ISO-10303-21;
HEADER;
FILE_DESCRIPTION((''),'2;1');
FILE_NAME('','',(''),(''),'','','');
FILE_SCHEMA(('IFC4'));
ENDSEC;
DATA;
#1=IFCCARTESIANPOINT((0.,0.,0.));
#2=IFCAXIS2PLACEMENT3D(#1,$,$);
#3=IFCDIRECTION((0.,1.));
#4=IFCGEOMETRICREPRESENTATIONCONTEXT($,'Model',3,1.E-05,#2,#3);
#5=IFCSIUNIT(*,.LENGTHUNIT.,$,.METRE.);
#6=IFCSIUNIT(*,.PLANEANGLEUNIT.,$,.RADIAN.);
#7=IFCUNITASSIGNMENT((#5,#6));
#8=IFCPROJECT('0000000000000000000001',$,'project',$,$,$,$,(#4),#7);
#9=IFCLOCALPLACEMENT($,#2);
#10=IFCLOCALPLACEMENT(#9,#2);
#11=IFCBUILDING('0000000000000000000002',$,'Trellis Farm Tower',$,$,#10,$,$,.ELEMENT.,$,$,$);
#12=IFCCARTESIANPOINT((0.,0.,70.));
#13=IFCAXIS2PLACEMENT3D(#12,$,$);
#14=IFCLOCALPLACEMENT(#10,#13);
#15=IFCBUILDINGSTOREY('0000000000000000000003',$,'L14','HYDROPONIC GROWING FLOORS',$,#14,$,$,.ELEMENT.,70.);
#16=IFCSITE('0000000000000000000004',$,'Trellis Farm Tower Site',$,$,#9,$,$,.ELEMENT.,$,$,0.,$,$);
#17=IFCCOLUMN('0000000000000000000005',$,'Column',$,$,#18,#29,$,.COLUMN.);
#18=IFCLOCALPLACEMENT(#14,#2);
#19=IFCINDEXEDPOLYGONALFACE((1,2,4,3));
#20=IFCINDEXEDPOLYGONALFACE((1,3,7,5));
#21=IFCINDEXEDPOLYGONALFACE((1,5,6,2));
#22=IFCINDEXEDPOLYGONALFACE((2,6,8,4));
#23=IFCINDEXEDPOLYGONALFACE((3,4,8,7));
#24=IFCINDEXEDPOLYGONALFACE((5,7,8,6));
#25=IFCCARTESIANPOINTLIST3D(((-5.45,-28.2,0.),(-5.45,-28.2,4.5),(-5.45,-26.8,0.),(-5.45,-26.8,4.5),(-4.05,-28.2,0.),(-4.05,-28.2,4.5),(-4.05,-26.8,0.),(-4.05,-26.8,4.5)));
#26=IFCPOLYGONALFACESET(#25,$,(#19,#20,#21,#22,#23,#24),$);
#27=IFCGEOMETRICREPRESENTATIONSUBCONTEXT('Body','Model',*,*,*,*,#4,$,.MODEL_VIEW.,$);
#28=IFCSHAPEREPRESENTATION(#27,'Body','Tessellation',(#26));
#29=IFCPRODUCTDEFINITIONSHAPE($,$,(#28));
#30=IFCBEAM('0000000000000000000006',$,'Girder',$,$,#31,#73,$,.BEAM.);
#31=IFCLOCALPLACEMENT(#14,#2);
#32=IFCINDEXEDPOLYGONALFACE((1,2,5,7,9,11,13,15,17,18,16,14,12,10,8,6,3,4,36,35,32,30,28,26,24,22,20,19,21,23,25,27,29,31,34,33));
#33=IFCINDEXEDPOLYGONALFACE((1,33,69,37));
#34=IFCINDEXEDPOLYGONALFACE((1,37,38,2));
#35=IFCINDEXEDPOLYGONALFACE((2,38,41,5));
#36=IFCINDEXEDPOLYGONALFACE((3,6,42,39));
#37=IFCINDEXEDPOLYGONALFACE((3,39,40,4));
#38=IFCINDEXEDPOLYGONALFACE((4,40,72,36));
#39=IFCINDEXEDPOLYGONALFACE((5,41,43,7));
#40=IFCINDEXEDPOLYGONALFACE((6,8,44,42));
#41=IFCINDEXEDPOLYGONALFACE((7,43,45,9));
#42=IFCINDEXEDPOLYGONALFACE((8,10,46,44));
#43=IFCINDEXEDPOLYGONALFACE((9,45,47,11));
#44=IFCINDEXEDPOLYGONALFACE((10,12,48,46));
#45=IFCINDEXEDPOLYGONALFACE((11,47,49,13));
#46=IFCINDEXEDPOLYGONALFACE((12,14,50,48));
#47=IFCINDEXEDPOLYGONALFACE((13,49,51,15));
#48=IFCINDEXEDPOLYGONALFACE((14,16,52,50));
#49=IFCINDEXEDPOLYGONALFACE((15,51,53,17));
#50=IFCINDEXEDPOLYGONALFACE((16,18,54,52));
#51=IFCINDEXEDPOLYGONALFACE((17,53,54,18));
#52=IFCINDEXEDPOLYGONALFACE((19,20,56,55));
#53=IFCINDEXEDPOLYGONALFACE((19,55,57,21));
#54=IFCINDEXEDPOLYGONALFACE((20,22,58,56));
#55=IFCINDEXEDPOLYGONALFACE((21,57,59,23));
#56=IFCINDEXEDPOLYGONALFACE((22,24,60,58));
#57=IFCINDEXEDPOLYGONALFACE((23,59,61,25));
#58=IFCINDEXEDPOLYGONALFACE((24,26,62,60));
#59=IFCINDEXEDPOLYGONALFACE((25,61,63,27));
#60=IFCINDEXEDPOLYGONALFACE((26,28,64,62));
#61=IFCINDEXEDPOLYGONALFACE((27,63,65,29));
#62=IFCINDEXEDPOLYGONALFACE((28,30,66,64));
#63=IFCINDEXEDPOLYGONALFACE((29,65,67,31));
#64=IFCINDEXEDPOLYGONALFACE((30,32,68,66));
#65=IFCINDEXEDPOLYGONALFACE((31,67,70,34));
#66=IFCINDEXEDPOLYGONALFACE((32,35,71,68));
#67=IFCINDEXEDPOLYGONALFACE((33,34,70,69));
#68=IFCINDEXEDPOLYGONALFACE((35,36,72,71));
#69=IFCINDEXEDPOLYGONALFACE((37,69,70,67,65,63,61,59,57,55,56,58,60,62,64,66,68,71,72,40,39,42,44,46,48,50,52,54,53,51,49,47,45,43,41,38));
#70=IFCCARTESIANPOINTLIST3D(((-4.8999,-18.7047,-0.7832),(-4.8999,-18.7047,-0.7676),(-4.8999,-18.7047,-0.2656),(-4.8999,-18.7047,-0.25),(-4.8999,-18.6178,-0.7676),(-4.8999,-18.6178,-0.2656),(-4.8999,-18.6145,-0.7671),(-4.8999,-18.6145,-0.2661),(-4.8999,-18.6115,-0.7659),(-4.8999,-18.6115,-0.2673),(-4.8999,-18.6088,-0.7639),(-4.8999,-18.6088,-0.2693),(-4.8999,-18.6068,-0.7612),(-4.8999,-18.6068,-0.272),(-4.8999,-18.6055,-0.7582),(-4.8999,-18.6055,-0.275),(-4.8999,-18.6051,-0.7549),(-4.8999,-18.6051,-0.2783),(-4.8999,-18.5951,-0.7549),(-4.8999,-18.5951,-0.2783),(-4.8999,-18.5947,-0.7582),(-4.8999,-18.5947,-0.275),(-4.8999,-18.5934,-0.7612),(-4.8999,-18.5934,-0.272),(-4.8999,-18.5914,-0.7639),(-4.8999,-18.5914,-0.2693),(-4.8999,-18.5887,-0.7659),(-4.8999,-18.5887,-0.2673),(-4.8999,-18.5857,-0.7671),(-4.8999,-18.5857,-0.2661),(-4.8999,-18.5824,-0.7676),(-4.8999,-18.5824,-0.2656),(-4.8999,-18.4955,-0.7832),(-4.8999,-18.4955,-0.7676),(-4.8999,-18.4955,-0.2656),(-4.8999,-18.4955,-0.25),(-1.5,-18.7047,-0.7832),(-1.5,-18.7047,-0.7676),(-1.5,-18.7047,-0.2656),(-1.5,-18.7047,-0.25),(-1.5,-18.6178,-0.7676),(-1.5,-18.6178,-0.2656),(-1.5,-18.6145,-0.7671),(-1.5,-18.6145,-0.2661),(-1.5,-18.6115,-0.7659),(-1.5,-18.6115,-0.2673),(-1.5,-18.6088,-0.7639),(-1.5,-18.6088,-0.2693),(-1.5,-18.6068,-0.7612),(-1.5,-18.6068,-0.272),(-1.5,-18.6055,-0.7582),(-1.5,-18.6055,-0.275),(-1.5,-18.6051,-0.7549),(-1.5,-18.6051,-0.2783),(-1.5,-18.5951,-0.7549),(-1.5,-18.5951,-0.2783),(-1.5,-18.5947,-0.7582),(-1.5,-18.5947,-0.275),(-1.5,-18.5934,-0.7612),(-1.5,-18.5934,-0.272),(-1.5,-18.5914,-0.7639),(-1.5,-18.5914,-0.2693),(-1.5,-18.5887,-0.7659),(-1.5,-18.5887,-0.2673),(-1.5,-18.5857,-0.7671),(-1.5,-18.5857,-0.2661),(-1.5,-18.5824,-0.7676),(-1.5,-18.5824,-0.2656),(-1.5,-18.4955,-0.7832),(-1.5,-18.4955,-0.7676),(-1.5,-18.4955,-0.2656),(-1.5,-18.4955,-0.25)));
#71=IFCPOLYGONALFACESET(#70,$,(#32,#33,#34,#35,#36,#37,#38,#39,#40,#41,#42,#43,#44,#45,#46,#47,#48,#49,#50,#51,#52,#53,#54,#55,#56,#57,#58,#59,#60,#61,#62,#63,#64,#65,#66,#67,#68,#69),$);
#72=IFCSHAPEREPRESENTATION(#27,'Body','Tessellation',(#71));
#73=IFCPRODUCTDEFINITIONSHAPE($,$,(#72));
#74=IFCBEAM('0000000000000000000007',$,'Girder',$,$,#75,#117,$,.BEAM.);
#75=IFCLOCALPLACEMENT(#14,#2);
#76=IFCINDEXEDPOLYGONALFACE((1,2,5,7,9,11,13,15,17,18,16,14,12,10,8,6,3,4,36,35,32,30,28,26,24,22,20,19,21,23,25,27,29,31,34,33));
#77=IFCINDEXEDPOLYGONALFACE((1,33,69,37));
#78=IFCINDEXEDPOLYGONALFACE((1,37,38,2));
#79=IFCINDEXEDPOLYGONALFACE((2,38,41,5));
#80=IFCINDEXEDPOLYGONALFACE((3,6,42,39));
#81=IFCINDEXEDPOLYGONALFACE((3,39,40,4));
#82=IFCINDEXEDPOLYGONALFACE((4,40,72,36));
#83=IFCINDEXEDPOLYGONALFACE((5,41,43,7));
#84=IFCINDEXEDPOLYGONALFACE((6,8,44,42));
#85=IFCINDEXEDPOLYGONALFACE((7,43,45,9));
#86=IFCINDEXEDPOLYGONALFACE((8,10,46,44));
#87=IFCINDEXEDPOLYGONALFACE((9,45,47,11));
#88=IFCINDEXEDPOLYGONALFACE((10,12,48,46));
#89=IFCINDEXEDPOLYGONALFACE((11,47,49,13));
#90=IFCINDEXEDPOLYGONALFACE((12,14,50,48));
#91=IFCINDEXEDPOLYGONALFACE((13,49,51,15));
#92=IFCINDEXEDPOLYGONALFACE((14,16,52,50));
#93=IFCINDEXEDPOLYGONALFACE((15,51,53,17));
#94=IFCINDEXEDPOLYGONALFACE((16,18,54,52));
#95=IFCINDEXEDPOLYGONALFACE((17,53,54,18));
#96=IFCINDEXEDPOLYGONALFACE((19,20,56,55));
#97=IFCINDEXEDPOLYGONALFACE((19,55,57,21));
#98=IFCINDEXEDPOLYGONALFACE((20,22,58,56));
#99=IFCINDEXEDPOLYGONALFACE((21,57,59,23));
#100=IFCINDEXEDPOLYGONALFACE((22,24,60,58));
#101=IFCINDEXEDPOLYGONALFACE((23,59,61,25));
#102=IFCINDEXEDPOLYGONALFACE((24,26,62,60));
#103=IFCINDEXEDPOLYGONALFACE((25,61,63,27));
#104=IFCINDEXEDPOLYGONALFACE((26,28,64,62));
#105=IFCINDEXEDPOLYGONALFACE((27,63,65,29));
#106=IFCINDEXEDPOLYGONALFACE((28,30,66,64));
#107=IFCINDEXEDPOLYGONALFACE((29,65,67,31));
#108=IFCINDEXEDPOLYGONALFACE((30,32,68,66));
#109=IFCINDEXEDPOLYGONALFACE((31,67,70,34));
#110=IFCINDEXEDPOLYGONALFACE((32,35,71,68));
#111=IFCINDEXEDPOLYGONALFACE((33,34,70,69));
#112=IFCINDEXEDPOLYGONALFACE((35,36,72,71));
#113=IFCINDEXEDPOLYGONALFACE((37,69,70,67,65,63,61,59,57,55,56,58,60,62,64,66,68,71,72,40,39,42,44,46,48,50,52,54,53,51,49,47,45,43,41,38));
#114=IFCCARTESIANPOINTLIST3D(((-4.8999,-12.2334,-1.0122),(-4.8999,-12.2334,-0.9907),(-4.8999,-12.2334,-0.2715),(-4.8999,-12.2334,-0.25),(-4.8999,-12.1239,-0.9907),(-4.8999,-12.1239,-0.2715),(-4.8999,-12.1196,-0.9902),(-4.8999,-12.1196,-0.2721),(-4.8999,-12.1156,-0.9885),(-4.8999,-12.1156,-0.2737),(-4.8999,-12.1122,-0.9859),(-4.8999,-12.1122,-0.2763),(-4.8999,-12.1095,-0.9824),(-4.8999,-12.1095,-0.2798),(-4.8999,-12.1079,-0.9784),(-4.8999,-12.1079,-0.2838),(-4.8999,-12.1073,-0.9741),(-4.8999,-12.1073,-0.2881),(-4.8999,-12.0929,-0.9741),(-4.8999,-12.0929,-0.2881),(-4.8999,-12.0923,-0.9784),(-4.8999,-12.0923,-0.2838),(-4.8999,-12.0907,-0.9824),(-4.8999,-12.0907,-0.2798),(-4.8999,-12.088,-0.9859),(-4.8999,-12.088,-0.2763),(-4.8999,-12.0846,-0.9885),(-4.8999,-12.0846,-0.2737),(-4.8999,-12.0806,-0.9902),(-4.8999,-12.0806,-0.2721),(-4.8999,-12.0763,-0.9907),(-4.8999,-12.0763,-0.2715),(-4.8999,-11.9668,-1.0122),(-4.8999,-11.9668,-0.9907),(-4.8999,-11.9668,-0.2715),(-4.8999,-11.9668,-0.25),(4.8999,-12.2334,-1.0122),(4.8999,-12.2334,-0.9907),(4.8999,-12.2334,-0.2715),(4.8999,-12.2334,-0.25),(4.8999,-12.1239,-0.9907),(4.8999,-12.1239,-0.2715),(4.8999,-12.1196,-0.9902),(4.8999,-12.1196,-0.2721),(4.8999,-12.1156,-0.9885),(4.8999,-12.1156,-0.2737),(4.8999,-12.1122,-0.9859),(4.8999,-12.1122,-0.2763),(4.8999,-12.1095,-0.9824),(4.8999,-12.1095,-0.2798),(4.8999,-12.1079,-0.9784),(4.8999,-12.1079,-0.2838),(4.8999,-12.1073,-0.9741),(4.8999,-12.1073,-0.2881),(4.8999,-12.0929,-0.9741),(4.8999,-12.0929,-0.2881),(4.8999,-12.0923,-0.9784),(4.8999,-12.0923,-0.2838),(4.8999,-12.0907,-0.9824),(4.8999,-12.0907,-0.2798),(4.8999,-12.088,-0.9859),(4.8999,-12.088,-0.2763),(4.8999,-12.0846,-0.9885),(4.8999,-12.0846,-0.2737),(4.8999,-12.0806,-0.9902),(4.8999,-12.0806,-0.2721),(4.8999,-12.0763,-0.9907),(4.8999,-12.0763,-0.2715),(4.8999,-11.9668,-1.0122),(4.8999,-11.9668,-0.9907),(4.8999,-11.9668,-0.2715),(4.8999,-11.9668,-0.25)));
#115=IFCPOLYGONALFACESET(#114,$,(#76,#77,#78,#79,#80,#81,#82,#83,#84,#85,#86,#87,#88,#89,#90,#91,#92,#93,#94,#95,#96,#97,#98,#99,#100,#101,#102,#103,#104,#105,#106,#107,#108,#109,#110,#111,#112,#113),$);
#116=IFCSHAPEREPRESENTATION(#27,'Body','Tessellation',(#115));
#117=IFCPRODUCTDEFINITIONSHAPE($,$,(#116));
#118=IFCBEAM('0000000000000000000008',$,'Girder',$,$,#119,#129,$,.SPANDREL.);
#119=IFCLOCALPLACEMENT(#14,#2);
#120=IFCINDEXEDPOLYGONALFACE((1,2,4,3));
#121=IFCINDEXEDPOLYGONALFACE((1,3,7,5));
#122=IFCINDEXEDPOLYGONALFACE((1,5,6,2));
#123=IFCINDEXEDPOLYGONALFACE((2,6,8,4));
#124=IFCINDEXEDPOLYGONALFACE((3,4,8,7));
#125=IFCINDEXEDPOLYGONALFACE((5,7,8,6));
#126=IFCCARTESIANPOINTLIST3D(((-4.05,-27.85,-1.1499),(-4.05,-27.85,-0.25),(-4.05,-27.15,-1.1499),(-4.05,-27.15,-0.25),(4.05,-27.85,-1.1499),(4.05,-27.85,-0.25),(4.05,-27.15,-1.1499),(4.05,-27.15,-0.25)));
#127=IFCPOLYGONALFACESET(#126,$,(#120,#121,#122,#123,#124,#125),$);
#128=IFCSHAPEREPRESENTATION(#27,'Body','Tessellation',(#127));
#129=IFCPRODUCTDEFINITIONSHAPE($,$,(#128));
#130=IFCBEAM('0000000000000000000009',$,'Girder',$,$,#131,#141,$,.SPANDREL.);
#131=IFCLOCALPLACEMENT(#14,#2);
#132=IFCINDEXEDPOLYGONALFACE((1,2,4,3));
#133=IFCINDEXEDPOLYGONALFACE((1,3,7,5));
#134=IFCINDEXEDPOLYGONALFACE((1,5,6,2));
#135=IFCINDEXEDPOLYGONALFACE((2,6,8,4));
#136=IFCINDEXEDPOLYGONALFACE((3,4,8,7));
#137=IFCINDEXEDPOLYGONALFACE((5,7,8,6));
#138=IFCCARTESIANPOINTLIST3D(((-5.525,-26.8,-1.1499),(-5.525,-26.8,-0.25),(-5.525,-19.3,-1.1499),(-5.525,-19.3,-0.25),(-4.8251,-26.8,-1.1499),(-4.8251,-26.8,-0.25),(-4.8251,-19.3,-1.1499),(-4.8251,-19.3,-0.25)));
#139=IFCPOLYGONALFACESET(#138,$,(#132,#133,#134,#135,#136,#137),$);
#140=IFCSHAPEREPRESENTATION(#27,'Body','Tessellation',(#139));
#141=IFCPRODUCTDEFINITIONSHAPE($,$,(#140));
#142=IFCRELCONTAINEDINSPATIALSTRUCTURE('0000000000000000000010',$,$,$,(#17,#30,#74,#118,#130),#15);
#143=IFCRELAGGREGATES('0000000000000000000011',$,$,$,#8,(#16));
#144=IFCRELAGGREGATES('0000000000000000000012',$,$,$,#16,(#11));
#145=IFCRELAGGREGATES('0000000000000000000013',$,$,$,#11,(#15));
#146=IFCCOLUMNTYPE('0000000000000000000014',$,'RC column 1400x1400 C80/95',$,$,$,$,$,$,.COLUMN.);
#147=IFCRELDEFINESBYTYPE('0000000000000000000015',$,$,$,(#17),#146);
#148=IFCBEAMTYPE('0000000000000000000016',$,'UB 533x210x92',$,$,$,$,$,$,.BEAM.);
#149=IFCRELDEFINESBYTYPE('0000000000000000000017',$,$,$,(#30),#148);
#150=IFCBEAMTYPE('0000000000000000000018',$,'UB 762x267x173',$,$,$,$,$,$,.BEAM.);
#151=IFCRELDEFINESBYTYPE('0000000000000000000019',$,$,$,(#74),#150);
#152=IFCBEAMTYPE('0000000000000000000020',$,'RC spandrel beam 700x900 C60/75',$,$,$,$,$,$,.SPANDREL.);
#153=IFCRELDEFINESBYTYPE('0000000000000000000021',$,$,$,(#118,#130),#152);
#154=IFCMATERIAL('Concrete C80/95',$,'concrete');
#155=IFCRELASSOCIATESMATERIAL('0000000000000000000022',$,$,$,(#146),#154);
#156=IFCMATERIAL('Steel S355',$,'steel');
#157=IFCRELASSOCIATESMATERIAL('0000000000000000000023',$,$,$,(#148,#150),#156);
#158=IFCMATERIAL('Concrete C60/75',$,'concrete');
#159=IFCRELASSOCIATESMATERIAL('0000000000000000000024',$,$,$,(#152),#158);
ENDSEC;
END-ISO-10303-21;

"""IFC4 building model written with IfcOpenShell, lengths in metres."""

from ifc_helpers import new_model, si_unit, direction, frame, origin, origin_2d, place, context, subcontext, project, spatial, rectangle, i_section, extrude, source, transform, mapped, material, material_profile, profile_set, type_object, element, save


model = new_model("IFC4")

# Units and contexts
model_context = context("Model", 3, precision=1e-05, world=origin(), true_north=direction((0.0, 1.0)))
body_context = subcontext(model_context, "Body", "Model", "MODEL_VIEW")
ifc_project = project(units=[si_unit("LENGTHUNIT", "METRE"), si_unit("PLANEANGLEUNIT", "RADIAN")], contexts=[model_context])

# Site, building, storey
site_placement = place(None, origin())
site = spatial("IfcSite", under=ifc_project, at=site_placement, Name="Trellis Farm Tower Site", CompositionType="ELEMENT", RefElevation=0.0)
building_placement = place(site_placement, origin())
building = spatial("IfcBuilding", under=site, at=building_placement, Name="Trellis Farm Tower", CompositionType="ELEMENT")
storey_placement = place(building_placement, frame((0.0, 0.0, 70.0)))
storey = spatial("IfcBuildingStorey", under=building, at=storey_placement, Name="L14", Description="HYDROPONIC GROWING FLOORS", CompositionType="ELEMENT", Elevation=70.0)

# Column
ifc_material_1 = material(Name="Concrete C80/95", Category="concrete")
ifc_material_profile_1 = material_profile(ifc_material_1, rectangle(XDim=1.3999, YDim=1.3999, at=origin_2d()), Name="RC column 1400x1400 C80/95")
ifc_profile_set_1 = profile_set([ifc_material_profile_1], Name="Concrete C80/95")
column_type = type_object("IfcColumnType", Name="RC column 1400x1400 C80/95", PredefinedType="COLUMN", material=ifc_profile_set_1)
shared_shape_1 = source(origin(), body_context, "Body", "SweptSolid", [
    extrude(rectangle(XDim=1.3999, YDim=1.3999, at=origin_2d()), origin(), (0.0, 0.0, 1.0), 4.5),
])
column_placement = place(storey_placement, frame((-4.75, -27.5, 0.0), z_axis=(0.0, 0.0, 1.0), x_axis=(1.0, 0.0, 0.0)))
element("IfcColumn", 1, at=column_placement, inside=storey, type_object=column_type, Name="Column", PredefinedType="COLUMN", context=body_context, shape_type="MappedRepresentation", body=[
    mapped(shared_shape_1, transform((0.0, 0.0, 0.0))),
])

# Beams
ifc_material_2 = material(Name="Steel S355", Category="steel")
ifc_material_profile_2 = material_profile(ifc_material_2, i_section(OverallWidth=0.2092, OverallDepth=0.5332, WebThickness=0.01, FlangeThickness=0.0156, FilletRadius=0.0127, at=origin_2d()), Name="UB 533x210x92")
ifc_profile_set_2 = profile_set([ifc_material_profile_2], Name="Steel S355")
beam_type_1 = type_object("IfcBeamType", Name="UB 533x210x92", PredefinedType="BEAM", material=ifc_profile_set_2)
shared_shape_2 = source(origin(), body_context, "Body", "SweptSolid", [
    extrude(i_section(OverallWidth=0.2092, OverallDepth=0.5332, WebThickness=0.01, FlangeThickness=0.0156, FilletRadius=0.0127, at=origin_2d()), origin(), (0.0, 0.0, 1.0), 3.3999),
])
beam_1_placement = place(storey_placement, frame((-4.8999, -18.6001, -0.5166), z_axis=(1.0, 0.0, 0.0), x_axis=(0.0, 1.0, 0.0)))
element("IfcBeam", 2, at=beam_1_placement, inside=storey, type_object=beam_type_1, Name="Girder", PredefinedType="BEAM", context=body_context, shape_type="MappedRepresentation", body=[
    mapped(shared_shape_2, transform((0.0, 0.0, 0.0))),
])
ifc_material_profile_3 = material_profile(ifc_material_2, i_section(OverallWidth=0.2666, OverallDepth=0.7622, WebThickness=0.0144, FlangeThickness=0.0215, FilletRadius=0.0166, at=origin_2d()), Name="UB 762x267x173")
ifc_profile_set_3 = profile_set([ifc_material_profile_3], Name="Steel S355")
beam_type_2 = type_object("IfcBeamType", Name="UB 762x267x173", PredefinedType="BEAM", material=ifc_profile_set_3)
shared_shape_3 = source(origin(), body_context, "Body", "SweptSolid", [
    extrude(i_section(OverallWidth=0.2666, OverallDepth=0.7622, WebThickness=0.0144, FlangeThickness=0.0215, FilletRadius=0.0166, at=origin_2d()), origin(), (0.0, 0.0, 1.0), 9.7998),
])
beam_2_placement = place(storey_placement, frame((-4.8999, -12.1001, -0.6311), z_axis=(1.0, 0.0, 0.0), x_axis=(0.0, 1.0, 0.0)))
element("IfcBeam", 3, at=beam_2_placement, inside=storey, type_object=beam_type_2, Name="Girder", PredefinedType="BEAM", context=body_context, shape_type="MappedRepresentation", body=[
    mapped(shared_shape_3, transform((0.0, 0.0, 0.0))),
])
ifc_material_3 = material(Name="Concrete C60/75", Category="concrete")
ifc_material_profile_4 = material_profile(ifc_material_3, rectangle(XDim=0.7, YDim=0.8999, at=origin_2d()), Name="RC spandrel beam 700x900 C60/75")
ifc_profile_set_4 = profile_set([ifc_material_profile_4], Name="Concrete C60/75")
beam_type_3 = type_object("IfcBeamType", Name="RC spandrel beam 700x900 C60/75", PredefinedType="SPANDREL", material=ifc_profile_set_4)
shared_shape_4 = source(origin(), body_context, "Body", "SweptSolid", [
    extrude(rectangle(XDim=0.7, YDim=0.8999, at=origin_2d()), origin(), (0.0, 0.0, 1.0), 8.1001),
])
beam_3_placement = place(storey_placement, frame((-4.05, -27.5, -0.7), z_axis=(1.0, 0.0, 0.0), x_axis=(0.0, 1.0, 0.0)))
element("IfcBeam", 4, at=beam_3_placement, inside=storey, type_object=beam_type_3, Name="Girder", PredefinedType="SPANDREL", context=body_context, shape_type="MappedRepresentation", body=[
    mapped(shared_shape_4, transform((0.0, 0.0, 0.0))),
])
shared_shape_5 = source(origin(), body_context, "Body", "SweptSolid", [
    extrude(rectangle(XDim=0.7, YDim=0.8999, at=origin_2d()), origin(), (0.0, 0.0, 1.0), 7.5),
])
beam_4_placement = place(storey_placement, frame((-5.175, -26.8, -0.7), z_axis=(0.0, 1.0, 0.0), x_axis=(-1.0, 0.0, 0.0)))
element("IfcBeam", 5, at=beam_4_placement, inside=storey, type_object=beam_type_3, Name="Girder", PredefinedType="SPANDREL", context=body_context, shape_type="MappedRepresentation", body=[
    mapped(shared_shape_5, transform((0.0, 0.0, 0.0))),
])

save(model, "model.ifc")
